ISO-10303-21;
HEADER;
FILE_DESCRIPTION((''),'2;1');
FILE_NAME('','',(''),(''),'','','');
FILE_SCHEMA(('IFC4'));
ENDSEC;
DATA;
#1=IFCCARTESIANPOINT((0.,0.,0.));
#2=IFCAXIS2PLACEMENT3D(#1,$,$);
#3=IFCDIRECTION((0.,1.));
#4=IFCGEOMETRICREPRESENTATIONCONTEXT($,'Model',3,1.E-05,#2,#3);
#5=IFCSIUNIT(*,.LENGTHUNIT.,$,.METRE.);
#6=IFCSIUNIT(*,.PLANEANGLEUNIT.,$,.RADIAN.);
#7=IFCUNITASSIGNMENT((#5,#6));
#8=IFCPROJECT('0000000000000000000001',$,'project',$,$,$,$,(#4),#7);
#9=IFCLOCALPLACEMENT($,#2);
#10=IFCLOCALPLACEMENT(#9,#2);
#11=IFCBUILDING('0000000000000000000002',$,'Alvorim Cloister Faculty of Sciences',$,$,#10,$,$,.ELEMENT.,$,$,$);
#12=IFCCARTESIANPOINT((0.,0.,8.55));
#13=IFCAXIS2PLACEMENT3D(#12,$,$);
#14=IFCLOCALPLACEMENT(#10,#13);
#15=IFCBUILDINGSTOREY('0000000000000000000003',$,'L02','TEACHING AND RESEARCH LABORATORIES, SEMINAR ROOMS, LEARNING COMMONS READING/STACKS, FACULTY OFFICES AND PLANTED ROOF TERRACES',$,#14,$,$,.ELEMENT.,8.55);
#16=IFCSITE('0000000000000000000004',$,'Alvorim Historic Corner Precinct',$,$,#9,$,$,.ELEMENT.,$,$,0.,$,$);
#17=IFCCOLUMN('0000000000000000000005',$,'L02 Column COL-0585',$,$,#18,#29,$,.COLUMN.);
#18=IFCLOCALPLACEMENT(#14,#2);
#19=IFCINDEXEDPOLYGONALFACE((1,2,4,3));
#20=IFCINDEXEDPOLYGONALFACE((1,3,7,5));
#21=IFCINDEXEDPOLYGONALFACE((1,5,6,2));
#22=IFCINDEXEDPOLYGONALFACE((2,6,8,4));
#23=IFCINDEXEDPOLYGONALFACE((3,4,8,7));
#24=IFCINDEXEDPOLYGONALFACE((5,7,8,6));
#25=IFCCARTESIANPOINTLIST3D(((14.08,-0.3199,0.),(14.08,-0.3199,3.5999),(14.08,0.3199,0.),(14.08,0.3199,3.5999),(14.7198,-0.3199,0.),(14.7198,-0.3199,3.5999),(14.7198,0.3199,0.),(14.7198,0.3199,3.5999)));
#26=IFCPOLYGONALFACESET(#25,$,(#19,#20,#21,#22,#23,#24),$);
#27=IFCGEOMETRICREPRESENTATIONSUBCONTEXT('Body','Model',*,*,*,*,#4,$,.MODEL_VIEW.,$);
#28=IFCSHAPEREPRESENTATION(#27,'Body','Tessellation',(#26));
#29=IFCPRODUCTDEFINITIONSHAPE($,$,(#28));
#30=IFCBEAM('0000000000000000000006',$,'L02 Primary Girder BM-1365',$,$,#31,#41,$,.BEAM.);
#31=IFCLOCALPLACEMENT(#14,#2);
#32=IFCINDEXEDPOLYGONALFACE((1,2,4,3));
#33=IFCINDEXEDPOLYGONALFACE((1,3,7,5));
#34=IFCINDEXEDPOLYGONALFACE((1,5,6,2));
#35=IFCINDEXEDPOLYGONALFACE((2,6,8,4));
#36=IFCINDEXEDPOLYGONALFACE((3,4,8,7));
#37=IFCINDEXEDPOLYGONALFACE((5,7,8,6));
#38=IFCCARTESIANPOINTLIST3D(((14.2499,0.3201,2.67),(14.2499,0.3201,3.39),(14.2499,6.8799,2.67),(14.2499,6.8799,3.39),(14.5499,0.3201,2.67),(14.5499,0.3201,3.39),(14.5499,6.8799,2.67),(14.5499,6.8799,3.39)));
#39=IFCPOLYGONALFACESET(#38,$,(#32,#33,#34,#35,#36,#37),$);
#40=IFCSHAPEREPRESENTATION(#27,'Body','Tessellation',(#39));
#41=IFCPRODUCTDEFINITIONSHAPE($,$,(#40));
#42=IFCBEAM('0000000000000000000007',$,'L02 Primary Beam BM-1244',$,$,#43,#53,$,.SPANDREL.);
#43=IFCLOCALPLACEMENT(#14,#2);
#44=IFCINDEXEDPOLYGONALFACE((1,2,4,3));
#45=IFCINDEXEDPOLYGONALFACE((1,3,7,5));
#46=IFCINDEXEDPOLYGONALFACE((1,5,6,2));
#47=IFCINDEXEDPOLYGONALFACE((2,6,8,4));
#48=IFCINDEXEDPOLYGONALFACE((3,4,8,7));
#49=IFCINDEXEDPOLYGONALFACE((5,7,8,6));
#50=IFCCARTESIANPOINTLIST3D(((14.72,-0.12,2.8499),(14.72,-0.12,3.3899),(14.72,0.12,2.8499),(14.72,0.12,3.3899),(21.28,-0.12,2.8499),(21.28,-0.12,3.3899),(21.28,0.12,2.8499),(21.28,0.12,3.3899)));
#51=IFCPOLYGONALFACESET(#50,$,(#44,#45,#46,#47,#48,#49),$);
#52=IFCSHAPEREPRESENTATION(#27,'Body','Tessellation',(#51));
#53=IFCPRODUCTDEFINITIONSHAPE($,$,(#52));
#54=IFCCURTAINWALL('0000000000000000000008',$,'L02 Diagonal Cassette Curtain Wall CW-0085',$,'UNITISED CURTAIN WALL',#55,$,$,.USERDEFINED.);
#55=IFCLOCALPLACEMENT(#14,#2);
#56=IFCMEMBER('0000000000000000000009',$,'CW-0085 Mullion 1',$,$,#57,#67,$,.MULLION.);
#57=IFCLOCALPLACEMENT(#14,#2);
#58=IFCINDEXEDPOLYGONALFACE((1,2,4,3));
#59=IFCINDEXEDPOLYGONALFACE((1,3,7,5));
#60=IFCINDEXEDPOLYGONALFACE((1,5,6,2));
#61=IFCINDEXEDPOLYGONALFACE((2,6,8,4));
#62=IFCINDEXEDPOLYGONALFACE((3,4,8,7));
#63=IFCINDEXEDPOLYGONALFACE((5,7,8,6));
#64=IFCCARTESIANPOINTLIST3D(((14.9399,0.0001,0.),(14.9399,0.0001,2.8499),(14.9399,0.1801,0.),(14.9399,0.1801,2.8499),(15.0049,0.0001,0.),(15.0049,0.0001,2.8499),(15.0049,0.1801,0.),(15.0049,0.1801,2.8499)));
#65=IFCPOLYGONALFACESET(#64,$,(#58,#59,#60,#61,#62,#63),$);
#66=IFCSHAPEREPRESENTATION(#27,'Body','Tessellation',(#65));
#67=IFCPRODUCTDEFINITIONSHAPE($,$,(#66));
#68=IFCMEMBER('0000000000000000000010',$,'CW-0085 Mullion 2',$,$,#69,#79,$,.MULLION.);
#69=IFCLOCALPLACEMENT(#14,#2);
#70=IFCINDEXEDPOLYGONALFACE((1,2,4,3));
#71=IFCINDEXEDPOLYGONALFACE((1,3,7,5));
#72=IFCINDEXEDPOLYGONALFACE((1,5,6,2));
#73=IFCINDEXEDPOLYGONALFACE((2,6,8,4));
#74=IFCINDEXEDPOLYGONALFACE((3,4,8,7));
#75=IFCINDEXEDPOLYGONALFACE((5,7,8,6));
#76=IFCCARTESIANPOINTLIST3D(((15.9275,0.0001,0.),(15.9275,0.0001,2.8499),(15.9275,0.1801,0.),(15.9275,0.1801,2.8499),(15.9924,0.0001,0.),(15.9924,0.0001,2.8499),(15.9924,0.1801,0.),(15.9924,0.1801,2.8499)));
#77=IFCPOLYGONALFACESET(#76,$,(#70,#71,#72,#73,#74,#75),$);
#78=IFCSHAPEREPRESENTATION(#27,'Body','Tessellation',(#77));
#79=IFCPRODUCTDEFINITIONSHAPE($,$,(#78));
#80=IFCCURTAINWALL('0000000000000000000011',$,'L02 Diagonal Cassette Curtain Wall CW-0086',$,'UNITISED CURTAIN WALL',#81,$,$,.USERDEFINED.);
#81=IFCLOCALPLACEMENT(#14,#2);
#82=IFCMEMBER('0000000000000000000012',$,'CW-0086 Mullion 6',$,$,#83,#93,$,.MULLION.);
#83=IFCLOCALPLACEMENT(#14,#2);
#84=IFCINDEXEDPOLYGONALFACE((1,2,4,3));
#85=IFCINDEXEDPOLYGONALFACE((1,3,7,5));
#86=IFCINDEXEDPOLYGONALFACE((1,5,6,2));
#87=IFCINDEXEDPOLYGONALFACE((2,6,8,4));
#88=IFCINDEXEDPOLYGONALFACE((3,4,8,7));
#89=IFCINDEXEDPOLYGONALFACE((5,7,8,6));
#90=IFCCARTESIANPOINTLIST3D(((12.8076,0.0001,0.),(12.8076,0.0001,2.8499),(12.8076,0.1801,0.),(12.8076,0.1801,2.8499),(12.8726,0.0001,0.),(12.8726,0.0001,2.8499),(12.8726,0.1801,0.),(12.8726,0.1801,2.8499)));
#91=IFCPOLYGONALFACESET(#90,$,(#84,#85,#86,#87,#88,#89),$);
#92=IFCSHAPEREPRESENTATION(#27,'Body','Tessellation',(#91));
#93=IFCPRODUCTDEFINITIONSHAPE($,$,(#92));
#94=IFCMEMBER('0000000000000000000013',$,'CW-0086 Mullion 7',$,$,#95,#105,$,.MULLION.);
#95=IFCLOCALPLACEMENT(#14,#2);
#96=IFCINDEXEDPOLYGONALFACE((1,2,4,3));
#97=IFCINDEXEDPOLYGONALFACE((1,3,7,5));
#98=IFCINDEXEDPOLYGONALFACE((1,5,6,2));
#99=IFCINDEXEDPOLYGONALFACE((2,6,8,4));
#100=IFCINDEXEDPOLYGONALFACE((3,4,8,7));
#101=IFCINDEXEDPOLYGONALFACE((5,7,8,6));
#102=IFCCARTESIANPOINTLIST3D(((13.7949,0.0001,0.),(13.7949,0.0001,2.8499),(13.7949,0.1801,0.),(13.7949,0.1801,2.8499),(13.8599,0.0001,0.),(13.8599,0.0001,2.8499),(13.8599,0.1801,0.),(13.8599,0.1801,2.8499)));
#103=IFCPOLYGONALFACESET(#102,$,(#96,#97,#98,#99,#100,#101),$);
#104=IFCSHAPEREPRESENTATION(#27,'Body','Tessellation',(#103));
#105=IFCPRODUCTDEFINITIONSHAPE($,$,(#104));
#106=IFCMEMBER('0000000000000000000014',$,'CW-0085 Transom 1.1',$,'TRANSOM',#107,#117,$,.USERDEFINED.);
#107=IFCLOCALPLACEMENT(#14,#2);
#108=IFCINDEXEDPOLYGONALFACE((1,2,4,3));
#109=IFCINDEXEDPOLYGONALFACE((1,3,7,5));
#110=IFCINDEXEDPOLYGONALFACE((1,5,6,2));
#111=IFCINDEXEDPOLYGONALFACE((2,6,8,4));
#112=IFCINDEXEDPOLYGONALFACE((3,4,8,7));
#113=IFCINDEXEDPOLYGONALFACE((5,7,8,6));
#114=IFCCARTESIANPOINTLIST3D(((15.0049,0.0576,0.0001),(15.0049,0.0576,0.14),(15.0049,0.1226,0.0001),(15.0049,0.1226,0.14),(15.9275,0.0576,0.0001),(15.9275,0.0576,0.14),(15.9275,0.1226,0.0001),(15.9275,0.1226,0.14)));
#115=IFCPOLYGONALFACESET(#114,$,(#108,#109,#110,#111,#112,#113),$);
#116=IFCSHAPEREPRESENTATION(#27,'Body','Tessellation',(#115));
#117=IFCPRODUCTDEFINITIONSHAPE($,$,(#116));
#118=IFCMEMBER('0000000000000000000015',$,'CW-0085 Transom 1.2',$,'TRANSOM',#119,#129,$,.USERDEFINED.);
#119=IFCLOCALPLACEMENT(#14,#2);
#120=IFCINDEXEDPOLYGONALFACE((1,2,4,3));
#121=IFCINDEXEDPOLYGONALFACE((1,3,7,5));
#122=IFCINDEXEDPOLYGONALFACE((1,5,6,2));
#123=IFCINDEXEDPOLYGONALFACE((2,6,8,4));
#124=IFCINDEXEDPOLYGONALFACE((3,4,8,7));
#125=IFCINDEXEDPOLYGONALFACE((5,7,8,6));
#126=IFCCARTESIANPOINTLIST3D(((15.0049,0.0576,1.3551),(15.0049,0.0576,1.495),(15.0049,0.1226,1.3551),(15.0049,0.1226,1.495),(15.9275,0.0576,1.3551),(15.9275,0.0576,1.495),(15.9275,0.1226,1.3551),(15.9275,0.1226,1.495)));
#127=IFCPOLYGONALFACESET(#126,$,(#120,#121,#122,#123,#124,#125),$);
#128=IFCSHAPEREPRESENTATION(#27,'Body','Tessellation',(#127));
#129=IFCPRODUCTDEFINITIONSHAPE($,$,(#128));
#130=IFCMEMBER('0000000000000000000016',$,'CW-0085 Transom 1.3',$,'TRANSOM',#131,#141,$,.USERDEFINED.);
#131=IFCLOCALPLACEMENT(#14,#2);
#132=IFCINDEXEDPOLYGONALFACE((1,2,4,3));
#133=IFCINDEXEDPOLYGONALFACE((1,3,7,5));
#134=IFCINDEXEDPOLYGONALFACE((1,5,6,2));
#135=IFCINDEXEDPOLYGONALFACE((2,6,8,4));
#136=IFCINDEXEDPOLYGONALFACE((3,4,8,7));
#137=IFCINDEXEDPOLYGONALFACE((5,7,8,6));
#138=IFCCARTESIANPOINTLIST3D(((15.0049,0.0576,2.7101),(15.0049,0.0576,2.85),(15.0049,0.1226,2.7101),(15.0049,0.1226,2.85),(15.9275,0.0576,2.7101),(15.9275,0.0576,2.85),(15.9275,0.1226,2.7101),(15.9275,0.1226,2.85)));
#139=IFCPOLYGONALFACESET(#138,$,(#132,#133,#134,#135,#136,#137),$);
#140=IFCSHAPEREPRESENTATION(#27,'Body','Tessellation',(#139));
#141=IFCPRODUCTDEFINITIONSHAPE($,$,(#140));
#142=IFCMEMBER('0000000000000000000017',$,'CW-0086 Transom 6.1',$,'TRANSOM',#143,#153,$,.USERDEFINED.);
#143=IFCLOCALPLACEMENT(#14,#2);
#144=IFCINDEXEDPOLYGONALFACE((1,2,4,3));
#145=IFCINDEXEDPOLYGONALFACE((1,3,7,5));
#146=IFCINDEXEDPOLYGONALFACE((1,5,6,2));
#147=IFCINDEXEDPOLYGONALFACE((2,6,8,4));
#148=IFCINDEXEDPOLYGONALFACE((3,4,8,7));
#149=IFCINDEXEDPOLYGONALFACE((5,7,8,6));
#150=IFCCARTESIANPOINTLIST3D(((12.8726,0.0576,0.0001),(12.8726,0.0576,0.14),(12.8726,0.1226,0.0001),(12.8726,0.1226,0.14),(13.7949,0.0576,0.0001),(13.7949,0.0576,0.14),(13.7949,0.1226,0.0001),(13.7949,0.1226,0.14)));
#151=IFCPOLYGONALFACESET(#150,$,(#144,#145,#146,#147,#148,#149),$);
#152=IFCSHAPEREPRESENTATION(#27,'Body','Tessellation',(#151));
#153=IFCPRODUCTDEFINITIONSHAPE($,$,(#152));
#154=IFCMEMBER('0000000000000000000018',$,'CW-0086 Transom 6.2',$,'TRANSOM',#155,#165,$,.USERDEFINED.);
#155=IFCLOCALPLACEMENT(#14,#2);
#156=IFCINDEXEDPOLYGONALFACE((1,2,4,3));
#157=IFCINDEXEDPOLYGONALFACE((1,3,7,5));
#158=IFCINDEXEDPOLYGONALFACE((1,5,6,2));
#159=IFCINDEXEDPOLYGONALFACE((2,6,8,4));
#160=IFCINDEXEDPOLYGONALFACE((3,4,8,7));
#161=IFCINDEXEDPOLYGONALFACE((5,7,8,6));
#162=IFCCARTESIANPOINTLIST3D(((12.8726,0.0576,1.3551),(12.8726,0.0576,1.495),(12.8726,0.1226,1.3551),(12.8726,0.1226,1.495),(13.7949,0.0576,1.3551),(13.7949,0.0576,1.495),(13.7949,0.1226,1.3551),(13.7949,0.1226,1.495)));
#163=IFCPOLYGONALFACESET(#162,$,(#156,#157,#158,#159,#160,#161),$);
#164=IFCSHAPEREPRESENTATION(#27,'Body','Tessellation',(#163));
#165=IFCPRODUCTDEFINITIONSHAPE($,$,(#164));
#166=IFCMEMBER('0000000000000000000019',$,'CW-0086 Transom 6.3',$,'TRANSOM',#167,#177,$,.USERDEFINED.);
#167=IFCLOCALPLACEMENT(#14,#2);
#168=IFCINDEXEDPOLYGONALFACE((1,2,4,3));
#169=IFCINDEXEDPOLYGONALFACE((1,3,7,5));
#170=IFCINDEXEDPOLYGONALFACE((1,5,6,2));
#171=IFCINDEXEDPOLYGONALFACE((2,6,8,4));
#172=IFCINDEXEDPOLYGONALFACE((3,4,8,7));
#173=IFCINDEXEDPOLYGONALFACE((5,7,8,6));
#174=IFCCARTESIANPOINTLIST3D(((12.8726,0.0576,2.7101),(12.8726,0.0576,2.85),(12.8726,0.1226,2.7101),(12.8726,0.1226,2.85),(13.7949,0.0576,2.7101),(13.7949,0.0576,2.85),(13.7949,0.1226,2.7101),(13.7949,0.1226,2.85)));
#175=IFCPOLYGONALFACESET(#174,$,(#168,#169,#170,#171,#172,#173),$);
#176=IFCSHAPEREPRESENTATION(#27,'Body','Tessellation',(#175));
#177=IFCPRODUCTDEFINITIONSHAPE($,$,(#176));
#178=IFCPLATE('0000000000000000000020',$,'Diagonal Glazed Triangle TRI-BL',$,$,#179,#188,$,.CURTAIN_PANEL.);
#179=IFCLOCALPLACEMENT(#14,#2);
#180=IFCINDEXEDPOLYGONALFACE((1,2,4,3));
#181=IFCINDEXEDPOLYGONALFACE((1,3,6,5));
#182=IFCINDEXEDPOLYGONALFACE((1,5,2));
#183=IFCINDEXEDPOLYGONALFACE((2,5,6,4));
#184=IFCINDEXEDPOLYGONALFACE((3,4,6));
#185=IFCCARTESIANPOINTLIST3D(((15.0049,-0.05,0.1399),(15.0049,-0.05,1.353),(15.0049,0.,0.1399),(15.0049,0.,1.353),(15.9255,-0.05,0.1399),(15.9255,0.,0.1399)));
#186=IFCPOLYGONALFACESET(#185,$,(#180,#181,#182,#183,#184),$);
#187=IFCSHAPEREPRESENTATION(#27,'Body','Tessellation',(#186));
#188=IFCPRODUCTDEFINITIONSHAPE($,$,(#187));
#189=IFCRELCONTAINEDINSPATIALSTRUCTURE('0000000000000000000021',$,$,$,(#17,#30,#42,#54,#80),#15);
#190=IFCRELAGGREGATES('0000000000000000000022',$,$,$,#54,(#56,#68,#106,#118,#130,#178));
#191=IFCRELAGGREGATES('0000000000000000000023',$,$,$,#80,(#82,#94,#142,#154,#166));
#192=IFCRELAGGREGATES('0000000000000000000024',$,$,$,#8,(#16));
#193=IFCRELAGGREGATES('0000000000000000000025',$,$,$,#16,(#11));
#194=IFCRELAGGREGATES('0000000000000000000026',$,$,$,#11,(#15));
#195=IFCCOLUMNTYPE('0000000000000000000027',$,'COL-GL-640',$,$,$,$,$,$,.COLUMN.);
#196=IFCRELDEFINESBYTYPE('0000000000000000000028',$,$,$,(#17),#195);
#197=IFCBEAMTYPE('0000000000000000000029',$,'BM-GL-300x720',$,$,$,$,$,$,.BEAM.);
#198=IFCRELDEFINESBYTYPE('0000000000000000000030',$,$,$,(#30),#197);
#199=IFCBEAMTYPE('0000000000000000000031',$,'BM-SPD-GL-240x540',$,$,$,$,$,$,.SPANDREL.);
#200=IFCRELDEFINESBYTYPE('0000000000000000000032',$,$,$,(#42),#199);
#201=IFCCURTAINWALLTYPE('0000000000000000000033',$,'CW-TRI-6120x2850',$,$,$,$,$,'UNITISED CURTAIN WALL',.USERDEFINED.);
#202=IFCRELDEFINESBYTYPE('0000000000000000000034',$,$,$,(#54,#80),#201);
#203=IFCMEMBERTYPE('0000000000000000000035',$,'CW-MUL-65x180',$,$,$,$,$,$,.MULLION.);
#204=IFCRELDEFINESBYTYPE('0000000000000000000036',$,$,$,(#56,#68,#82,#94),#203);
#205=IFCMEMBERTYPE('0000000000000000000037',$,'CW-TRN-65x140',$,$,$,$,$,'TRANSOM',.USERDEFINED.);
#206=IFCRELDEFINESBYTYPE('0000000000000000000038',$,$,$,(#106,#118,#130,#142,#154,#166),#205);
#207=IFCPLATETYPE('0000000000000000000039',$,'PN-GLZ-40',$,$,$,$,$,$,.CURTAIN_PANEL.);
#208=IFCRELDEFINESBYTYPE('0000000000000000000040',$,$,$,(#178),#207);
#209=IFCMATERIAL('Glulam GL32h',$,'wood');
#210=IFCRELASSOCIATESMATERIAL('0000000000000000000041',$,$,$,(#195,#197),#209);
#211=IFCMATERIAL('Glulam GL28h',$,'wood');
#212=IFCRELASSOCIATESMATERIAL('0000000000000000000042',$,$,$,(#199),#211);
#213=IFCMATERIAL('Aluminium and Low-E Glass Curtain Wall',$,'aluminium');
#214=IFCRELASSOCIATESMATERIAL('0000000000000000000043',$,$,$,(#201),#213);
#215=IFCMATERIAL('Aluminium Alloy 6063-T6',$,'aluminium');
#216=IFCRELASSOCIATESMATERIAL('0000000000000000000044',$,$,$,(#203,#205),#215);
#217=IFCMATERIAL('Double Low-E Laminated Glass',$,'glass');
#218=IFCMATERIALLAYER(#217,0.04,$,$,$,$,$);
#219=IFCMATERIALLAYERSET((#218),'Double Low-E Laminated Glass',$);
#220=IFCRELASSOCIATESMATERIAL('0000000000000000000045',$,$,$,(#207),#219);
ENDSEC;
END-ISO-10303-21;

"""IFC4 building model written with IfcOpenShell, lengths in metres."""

from ifc_helpers import new_model, si_unit, direction, frame, origin, origin_2d, place, context, subcontext, project, spatial, polyline, rectangle, outline, extrude, material, layer, layer_set, material_profile, profile_set, type_object, element, aggregate, save


model = new_model("IFC4")

# Units and contexts
model_context = context("Model", 3, precision=1e-05, world=origin(), true_north=direction((0.0, 1.0)))
body_context = subcontext(model_context, "Body", "Model", "MODEL_VIEW")
ifc_project = project(units=[si_unit("LENGTHUNIT", "METRE"), si_unit("PLANEANGLEUNIT", "RADIAN")], contexts=[model_context])

# Site, building, storey
site_placement = place(None, origin())
site = spatial("IfcSite", under=ifc_project, at=site_placement, Name="Alvorim Historic Corner Precinct", CompositionType="ELEMENT", RefElevation=0.0)
building_placement = place(site_placement, origin())
building = spatial("IfcBuilding", under=site, at=building_placement, Name="Alvorim Cloister Faculty of Sciences", CompositionType="ELEMENT")
storey_placement = place(building_placement, frame((0.0, 0.0, 8.55)))
storey = spatial("IfcBuildingStorey", under=building, at=storey_placement, Name="L02", Description="TEACHING AND RESEARCH LABORATORIES, SEMINAR ROOMS, LEARNING COMMONS READING/STACKS, FACULTY OFFICES AND PLANTED ROOF TERRACES", CompositionType="ELEMENT", Elevation=8.55)

# Column
ifc_material_1 = material(Name="Glulam GL32h", Category="wood")
ifc_material_profile_1 = material_profile(ifc_material_1, rectangle(XDim=0.6399, YDim=0.6399, at=origin_2d()), Name="GL32-COL-640x640")
ifc_profile_set_1 = profile_set([ifc_material_profile_1], Name="Glulam GL32h")
column_type = type_object("IfcColumnType", Name="COL-GL-640", PredefinedType="COLUMN", material=ifc_profile_set_1)
column_placement = place(storey_placement, frame((14.3999, 0.0, 0.0), z_axis=(0.0, 0.0, 1.0), x_axis=(1.0, 0.0, 0.0)))
element("IfcColumn", 1, at=column_placement, inside=storey, type_object=column_type, Name="L02 Column COL-0585", PredefinedType="COLUMN", context=body_context, shape_type="SweptSolid", body=[
    extrude(rectangle(XDim=0.6399, YDim=0.6399, at=origin_2d()), origin(), (0.0, 0.0, 1.0), 3.5999),
])

# Beams
ifc_material_profile_2 = material_profile(ifc_material_1, rectangle(XDim=0.3, YDim=0.72, at=origin_2d()), Name="GL32-BM-300x720")
ifc_profile_set_2 = profile_set([ifc_material_profile_2], Name="Glulam GL32h")
beam_type_1 = type_object("IfcBeamType", Name="BM-GL-300x720", PredefinedType="BEAM", material=ifc_profile_set_2)
beam_1_placement = place(storey_placement, frame((14.3999, 0.3201, 3.03), z_axis=(0.0, 1.0, 0.0), x_axis=(-1.0, 0.0, 0.0)))
element("IfcBeam", 2, at=beam_1_placement, inside=storey, type_object=beam_type_1, Name="L02 Primary Girder BM-1365", PredefinedType="BEAM", context=body_context, shape_type="SweptSolid", body=[
    extrude(rectangle(XDim=0.3, YDim=0.72, at=origin_2d()), origin(), (0.0, 0.0, 1.0), 6.5598),
])
ifc_material_2 = material(Name="Glulam GL28h", Category="wood")
ifc_material_profile_3 = material_profile(ifc_material_2, rectangle(XDim=0.24, YDim=0.54, at=origin_2d()), Name="GL28-SPD-240x540")
ifc_profile_set_3 = profile_set([ifc_material_profile_3], Name="Glulam GL28h")
beam_type_2 = type_object("IfcBeamType", Name="BM-SPD-GL-240x540", PredefinedType="SPANDREL", material=ifc_profile_set_3)
beam_2_placement = place(storey_placement, frame((14.72, 0.0, 3.1199), z_axis=(1.0, 0.0, 0.0), x_axis=(0.0, 1.0, 0.0)))
element("IfcBeam", 3, at=beam_2_placement, inside=storey, type_object=beam_type_2, Name="L02 Primary Beam BM-1244", PredefinedType="SPANDREL", context=body_context, shape_type="SweptSolid", body=[
    extrude(rectangle(XDim=0.24, YDim=0.54, at=origin_2d()), origin(), (0.0, 0.0, 1.0), 6.5601),
])

# Curtain walls, members
ifc_material_3 = material(Name="Aluminium and Low-E Glass Curtain Wall", Category="aluminium")
curtain_wall_type = type_object("IfcCurtainWallType", Name="CW-TRI-6120x2850", ElementType="UNITISED CURTAIN WALL", PredefinedType="USERDEFINED", material=ifc_material_3)
curtain_wall_1_placement = place(storey_placement, origin())
curtain_wall_1 = element("IfcCurtainWall", 4, at=curtain_wall_1_placement, inside=storey, type_object=curtain_wall_type, Name="L02 Diagonal Cassette Curtain Wall CW-0085", ObjectType="UNITISED CURTAIN WALL", PredefinedType="USERDEFINED")
ifc_material_4 = material(Name="Aluminium Alloy 6063-T6", Category="aluminium")
ifc_material_profile_4 = material_profile(ifc_material_4, rectangle(XDim=0.0649, YDim=0.1799, at=origin_2d()), Name="ALU-MUL-65x180")
ifc_profile_set_4 = profile_set([ifc_material_profile_4], Name="Aluminium Alloy 6063-T6")
member_type_1 = type_object("IfcMemberType", Name="CW-MUL-65x180", PredefinedType="MULLION", material=ifc_profile_set_4)
member_1_placement = place(storey_placement, frame((14.9724, 0.0901, 0.0), z_axis=(0.0, 0.0, 1.0), x_axis=(1.0, 0.0, 0.0)))
member_1 = element("IfcMember", 5, at=member_1_placement, type_object=member_type_1, Name="CW-0085 Mullion 1", PredefinedType="MULLION", context=body_context, shape_type="SweptSolid", body=[
    extrude(rectangle(XDim=0.0649, YDim=0.1799, at=origin_2d()), origin(), (0.0, 0.0, 1.0), 2.8499),
])
member_2_placement = place(storey_placement, frame((15.96, 0.0901, 0.0), z_axis=(0.0, 0.0, 1.0), x_axis=(1.0, 0.0, 0.0)))
member_2 = element("IfcMember", 6, at=member_2_placement, type_object=member_type_1, Name="CW-0085 Mullion 2", PredefinedType="MULLION", context=body_context, shape_type="SweptSolid", body=[
    extrude(rectangle(XDim=0.0649, YDim=0.1799, at=origin_2d()), origin(), (0.0, 0.0, 1.0), 2.8499),
])
curtain_wall_2_placement = place(storey_placement, origin())
curtain_wall_2 = element("IfcCurtainWall", 7, at=curtain_wall_2_placement, inside=storey, type_object=curtain_wall_type, Name="L02 Diagonal Cassette Curtain Wall CW-0086", ObjectType="UNITISED CURTAIN WALL", PredefinedType="USERDEFINED")
member_3_placement = place(storey_placement, frame((12.8401, 0.0901, 0.0), z_axis=(0.0, 0.0, 1.0), x_axis=(1.0, 0.0, 0.0)))
member_3 = element("IfcMember", 8, at=member_3_placement, type_object=member_type_1, Name="CW-0086 Mullion 6", PredefinedType="MULLION", context=body_context, shape_type="SweptSolid", body=[
    extrude(rectangle(XDim=0.0649, YDim=0.1799, at=origin_2d()), origin(), (0.0, 0.0, 1.0), 2.8499),
])
member_4_placement = place(storey_placement, frame((13.8274, 0.0901, 0.0), z_axis=(0.0, 0.0, 1.0), x_axis=(1.0, 0.0, 0.0)))
member_4 = element("IfcMember", 9, at=member_4_placement, type_object=member_type_1, Name="CW-0086 Mullion 7", PredefinedType="MULLION", context=body_context, shape_type="SweptSolid", body=[
    extrude(rectangle(XDim=0.0649, YDim=0.1799, at=origin_2d()), origin(), (0.0, 0.0, 1.0), 2.8499),
])

# Members
ifc_material_profile_5 = material_profile(ifc_material_4, rectangle(XDim=0.0649, YDim=0.1399, at=origin_2d()), Name="ALU-TRN-65x140")
ifc_profile_set_5 = profile_set([ifc_material_profile_5], Name="Aluminium Alloy 6063-T6")
member_type_2 = type_object("IfcMemberType", Name="CW-TRN-65x140", ElementType="TRANSOM", PredefinedType="USERDEFINED", material=ifc_profile_set_5)
member_5_placement = place(storey_placement, frame((15.0049, 0.0901, 0.0701), z_axis=(1.0, 0.0, 0.0), x_axis=(0.0, 1.0, 0.0)))
member_5 = element("IfcMember", 10, at=member_5_placement, type_object=member_type_2, Name="CW-0085 Transom 1.1", ObjectType="TRANSOM", PredefinedType="USERDEFINED", context=body_context, shape_type="SweptSolid", body=[
    extrude(rectangle(XDim=0.0649, YDim=0.1399, at=origin_2d()), origin(), (0.0, 0.0, 1.0), 0.9226),
])
member_6_placement = place(storey_placement, frame((15.0049, 0.0901, 1.425), z_axis=(1.0, 0.0, 0.0), x_axis=(0.0, 1.0, 0.0)))
member_6 = element("IfcMember", 11, at=member_6_placement, type_object=member_type_2, Name="CW-0085 Transom 1.2", ObjectType="TRANSOM", PredefinedType="USERDEFINED", context=body_context, shape_type="SweptSolid", body=[
    extrude(rectangle(XDim=0.0649, YDim=0.1399, at=origin_2d()), origin(), (0.0, 0.0, 1.0), 0.9226),
])
member_7_placement = place(storey_placement, frame((15.0049, 0.0901, 2.78), z_axis=(1.0, 0.0, 0.0), x_axis=(0.0, 1.0, 0.0)))
member_7 = element("IfcMember", 12, at=member_7_placement, type_object=member_type_2, Name="CW-0085 Transom 1.3", ObjectType="TRANSOM", PredefinedType="USERDEFINED", context=body_context, shape_type="SweptSolid", body=[
    extrude(rectangle(XDim=0.0649, YDim=0.1399, at=origin_2d()), origin(), (0.0, 0.0, 1.0), 0.9226),
])
member_8_placement = place(storey_placement, frame((12.8726, 0.0901, 0.0701), z_axis=(1.0, 0.0, 0.0), x_axis=(0.0, 1.0, 0.0)))
member_8 = element("IfcMember", 13, at=member_8_placement, type_object=member_type_2, Name="CW-0086 Transom 6.1", ObjectType="TRANSOM", PredefinedType="USERDEFINED", context=body_context, shape_type="SweptSolid", body=[
    extrude(rectangle(XDim=0.0649, YDim=0.1399, at=origin_2d()), origin(), (0.0, 0.0, 1.0), 0.9224),
])
member_9_placement = place(storey_placement, frame((12.8726, 0.0901, 1.425), z_axis=(1.0, 0.0, 0.0), x_axis=(0.0, 1.0, 0.0)))
member_9 = element("IfcMember", 14, at=member_9_placement, type_object=member_type_2, Name="CW-0086 Transom 6.2", ObjectType="TRANSOM", PredefinedType="USERDEFINED", context=body_context, shape_type="SweptSolid", body=[
    extrude(rectangle(XDim=0.0649, YDim=0.1399, at=origin_2d()), origin(), (0.0, 0.0, 1.0), 0.9224),
])
member_10_placement = place(storey_placement, frame((12.8726, 0.0901, 2.78), z_axis=(1.0, 0.0, 0.0), x_axis=(0.0, 1.0, 0.0)))
member_10 = element("IfcMember", 15, at=member_10_placement, type_object=member_type_2, Name="CW-0086 Transom 6.3", ObjectType="TRANSOM", PredefinedType="USERDEFINED", context=body_context, shape_type="SweptSolid", body=[
    extrude(rectangle(XDim=0.0649, YDim=0.1399, at=origin_2d()), origin(), (0.0, 0.0, 1.0), 0.9224),
])

# Plate
ifc_material_5 = material(Name="Double Low-E Laminated Glass", Category="glass")
ifc_layer_1 = layer(ifc_material_5, 0.04)
ifc_layer_set_1 = layer_set([ifc_layer_1], Name="Double Low-E Laminated Glass")
plate_type = type_object("IfcPlateType", Name="PN-GLZ-40", PredefinedType="CURTAIN_PANEL", material=ifc_layer_set_1)
plate_1_placement = place(storey_placement, frame((15.0049, -0.0249, 0.1399), z_axis=(0.0, 0.0, 1.0), x_axis=(1.0, 0.0, 0.0)))
plate_1 = element("IfcPlate", 16, at=plate_1_placement, type_object=plate_type, Name="Diagonal Glazed Triangle TRI-BL", PredefinedType="CURTAIN_PANEL", context=body_context, shape_type="SweptSolid", body=[
    extrude(outline(polyline([(0.0, 0.0), (0.9207, 0.0), (0.0, 1.2131), (0.0, 0.0)])), frame((0.0, 0.0249, 0.0), z_axis=(0.0, -1.0, 0.0), x_axis=(1.0, 0.0, 0.0)), (0.0, 0.0, 1.0), 0.05),
])
aggregate(curtain_wall_1, [member_1, member_2, member_5, member_6, member_7, plate_1])
aggregate(curtain_wall_2, [member_3, member_4, member_8, member_9, member_10])

save(model, "model.ifc")
